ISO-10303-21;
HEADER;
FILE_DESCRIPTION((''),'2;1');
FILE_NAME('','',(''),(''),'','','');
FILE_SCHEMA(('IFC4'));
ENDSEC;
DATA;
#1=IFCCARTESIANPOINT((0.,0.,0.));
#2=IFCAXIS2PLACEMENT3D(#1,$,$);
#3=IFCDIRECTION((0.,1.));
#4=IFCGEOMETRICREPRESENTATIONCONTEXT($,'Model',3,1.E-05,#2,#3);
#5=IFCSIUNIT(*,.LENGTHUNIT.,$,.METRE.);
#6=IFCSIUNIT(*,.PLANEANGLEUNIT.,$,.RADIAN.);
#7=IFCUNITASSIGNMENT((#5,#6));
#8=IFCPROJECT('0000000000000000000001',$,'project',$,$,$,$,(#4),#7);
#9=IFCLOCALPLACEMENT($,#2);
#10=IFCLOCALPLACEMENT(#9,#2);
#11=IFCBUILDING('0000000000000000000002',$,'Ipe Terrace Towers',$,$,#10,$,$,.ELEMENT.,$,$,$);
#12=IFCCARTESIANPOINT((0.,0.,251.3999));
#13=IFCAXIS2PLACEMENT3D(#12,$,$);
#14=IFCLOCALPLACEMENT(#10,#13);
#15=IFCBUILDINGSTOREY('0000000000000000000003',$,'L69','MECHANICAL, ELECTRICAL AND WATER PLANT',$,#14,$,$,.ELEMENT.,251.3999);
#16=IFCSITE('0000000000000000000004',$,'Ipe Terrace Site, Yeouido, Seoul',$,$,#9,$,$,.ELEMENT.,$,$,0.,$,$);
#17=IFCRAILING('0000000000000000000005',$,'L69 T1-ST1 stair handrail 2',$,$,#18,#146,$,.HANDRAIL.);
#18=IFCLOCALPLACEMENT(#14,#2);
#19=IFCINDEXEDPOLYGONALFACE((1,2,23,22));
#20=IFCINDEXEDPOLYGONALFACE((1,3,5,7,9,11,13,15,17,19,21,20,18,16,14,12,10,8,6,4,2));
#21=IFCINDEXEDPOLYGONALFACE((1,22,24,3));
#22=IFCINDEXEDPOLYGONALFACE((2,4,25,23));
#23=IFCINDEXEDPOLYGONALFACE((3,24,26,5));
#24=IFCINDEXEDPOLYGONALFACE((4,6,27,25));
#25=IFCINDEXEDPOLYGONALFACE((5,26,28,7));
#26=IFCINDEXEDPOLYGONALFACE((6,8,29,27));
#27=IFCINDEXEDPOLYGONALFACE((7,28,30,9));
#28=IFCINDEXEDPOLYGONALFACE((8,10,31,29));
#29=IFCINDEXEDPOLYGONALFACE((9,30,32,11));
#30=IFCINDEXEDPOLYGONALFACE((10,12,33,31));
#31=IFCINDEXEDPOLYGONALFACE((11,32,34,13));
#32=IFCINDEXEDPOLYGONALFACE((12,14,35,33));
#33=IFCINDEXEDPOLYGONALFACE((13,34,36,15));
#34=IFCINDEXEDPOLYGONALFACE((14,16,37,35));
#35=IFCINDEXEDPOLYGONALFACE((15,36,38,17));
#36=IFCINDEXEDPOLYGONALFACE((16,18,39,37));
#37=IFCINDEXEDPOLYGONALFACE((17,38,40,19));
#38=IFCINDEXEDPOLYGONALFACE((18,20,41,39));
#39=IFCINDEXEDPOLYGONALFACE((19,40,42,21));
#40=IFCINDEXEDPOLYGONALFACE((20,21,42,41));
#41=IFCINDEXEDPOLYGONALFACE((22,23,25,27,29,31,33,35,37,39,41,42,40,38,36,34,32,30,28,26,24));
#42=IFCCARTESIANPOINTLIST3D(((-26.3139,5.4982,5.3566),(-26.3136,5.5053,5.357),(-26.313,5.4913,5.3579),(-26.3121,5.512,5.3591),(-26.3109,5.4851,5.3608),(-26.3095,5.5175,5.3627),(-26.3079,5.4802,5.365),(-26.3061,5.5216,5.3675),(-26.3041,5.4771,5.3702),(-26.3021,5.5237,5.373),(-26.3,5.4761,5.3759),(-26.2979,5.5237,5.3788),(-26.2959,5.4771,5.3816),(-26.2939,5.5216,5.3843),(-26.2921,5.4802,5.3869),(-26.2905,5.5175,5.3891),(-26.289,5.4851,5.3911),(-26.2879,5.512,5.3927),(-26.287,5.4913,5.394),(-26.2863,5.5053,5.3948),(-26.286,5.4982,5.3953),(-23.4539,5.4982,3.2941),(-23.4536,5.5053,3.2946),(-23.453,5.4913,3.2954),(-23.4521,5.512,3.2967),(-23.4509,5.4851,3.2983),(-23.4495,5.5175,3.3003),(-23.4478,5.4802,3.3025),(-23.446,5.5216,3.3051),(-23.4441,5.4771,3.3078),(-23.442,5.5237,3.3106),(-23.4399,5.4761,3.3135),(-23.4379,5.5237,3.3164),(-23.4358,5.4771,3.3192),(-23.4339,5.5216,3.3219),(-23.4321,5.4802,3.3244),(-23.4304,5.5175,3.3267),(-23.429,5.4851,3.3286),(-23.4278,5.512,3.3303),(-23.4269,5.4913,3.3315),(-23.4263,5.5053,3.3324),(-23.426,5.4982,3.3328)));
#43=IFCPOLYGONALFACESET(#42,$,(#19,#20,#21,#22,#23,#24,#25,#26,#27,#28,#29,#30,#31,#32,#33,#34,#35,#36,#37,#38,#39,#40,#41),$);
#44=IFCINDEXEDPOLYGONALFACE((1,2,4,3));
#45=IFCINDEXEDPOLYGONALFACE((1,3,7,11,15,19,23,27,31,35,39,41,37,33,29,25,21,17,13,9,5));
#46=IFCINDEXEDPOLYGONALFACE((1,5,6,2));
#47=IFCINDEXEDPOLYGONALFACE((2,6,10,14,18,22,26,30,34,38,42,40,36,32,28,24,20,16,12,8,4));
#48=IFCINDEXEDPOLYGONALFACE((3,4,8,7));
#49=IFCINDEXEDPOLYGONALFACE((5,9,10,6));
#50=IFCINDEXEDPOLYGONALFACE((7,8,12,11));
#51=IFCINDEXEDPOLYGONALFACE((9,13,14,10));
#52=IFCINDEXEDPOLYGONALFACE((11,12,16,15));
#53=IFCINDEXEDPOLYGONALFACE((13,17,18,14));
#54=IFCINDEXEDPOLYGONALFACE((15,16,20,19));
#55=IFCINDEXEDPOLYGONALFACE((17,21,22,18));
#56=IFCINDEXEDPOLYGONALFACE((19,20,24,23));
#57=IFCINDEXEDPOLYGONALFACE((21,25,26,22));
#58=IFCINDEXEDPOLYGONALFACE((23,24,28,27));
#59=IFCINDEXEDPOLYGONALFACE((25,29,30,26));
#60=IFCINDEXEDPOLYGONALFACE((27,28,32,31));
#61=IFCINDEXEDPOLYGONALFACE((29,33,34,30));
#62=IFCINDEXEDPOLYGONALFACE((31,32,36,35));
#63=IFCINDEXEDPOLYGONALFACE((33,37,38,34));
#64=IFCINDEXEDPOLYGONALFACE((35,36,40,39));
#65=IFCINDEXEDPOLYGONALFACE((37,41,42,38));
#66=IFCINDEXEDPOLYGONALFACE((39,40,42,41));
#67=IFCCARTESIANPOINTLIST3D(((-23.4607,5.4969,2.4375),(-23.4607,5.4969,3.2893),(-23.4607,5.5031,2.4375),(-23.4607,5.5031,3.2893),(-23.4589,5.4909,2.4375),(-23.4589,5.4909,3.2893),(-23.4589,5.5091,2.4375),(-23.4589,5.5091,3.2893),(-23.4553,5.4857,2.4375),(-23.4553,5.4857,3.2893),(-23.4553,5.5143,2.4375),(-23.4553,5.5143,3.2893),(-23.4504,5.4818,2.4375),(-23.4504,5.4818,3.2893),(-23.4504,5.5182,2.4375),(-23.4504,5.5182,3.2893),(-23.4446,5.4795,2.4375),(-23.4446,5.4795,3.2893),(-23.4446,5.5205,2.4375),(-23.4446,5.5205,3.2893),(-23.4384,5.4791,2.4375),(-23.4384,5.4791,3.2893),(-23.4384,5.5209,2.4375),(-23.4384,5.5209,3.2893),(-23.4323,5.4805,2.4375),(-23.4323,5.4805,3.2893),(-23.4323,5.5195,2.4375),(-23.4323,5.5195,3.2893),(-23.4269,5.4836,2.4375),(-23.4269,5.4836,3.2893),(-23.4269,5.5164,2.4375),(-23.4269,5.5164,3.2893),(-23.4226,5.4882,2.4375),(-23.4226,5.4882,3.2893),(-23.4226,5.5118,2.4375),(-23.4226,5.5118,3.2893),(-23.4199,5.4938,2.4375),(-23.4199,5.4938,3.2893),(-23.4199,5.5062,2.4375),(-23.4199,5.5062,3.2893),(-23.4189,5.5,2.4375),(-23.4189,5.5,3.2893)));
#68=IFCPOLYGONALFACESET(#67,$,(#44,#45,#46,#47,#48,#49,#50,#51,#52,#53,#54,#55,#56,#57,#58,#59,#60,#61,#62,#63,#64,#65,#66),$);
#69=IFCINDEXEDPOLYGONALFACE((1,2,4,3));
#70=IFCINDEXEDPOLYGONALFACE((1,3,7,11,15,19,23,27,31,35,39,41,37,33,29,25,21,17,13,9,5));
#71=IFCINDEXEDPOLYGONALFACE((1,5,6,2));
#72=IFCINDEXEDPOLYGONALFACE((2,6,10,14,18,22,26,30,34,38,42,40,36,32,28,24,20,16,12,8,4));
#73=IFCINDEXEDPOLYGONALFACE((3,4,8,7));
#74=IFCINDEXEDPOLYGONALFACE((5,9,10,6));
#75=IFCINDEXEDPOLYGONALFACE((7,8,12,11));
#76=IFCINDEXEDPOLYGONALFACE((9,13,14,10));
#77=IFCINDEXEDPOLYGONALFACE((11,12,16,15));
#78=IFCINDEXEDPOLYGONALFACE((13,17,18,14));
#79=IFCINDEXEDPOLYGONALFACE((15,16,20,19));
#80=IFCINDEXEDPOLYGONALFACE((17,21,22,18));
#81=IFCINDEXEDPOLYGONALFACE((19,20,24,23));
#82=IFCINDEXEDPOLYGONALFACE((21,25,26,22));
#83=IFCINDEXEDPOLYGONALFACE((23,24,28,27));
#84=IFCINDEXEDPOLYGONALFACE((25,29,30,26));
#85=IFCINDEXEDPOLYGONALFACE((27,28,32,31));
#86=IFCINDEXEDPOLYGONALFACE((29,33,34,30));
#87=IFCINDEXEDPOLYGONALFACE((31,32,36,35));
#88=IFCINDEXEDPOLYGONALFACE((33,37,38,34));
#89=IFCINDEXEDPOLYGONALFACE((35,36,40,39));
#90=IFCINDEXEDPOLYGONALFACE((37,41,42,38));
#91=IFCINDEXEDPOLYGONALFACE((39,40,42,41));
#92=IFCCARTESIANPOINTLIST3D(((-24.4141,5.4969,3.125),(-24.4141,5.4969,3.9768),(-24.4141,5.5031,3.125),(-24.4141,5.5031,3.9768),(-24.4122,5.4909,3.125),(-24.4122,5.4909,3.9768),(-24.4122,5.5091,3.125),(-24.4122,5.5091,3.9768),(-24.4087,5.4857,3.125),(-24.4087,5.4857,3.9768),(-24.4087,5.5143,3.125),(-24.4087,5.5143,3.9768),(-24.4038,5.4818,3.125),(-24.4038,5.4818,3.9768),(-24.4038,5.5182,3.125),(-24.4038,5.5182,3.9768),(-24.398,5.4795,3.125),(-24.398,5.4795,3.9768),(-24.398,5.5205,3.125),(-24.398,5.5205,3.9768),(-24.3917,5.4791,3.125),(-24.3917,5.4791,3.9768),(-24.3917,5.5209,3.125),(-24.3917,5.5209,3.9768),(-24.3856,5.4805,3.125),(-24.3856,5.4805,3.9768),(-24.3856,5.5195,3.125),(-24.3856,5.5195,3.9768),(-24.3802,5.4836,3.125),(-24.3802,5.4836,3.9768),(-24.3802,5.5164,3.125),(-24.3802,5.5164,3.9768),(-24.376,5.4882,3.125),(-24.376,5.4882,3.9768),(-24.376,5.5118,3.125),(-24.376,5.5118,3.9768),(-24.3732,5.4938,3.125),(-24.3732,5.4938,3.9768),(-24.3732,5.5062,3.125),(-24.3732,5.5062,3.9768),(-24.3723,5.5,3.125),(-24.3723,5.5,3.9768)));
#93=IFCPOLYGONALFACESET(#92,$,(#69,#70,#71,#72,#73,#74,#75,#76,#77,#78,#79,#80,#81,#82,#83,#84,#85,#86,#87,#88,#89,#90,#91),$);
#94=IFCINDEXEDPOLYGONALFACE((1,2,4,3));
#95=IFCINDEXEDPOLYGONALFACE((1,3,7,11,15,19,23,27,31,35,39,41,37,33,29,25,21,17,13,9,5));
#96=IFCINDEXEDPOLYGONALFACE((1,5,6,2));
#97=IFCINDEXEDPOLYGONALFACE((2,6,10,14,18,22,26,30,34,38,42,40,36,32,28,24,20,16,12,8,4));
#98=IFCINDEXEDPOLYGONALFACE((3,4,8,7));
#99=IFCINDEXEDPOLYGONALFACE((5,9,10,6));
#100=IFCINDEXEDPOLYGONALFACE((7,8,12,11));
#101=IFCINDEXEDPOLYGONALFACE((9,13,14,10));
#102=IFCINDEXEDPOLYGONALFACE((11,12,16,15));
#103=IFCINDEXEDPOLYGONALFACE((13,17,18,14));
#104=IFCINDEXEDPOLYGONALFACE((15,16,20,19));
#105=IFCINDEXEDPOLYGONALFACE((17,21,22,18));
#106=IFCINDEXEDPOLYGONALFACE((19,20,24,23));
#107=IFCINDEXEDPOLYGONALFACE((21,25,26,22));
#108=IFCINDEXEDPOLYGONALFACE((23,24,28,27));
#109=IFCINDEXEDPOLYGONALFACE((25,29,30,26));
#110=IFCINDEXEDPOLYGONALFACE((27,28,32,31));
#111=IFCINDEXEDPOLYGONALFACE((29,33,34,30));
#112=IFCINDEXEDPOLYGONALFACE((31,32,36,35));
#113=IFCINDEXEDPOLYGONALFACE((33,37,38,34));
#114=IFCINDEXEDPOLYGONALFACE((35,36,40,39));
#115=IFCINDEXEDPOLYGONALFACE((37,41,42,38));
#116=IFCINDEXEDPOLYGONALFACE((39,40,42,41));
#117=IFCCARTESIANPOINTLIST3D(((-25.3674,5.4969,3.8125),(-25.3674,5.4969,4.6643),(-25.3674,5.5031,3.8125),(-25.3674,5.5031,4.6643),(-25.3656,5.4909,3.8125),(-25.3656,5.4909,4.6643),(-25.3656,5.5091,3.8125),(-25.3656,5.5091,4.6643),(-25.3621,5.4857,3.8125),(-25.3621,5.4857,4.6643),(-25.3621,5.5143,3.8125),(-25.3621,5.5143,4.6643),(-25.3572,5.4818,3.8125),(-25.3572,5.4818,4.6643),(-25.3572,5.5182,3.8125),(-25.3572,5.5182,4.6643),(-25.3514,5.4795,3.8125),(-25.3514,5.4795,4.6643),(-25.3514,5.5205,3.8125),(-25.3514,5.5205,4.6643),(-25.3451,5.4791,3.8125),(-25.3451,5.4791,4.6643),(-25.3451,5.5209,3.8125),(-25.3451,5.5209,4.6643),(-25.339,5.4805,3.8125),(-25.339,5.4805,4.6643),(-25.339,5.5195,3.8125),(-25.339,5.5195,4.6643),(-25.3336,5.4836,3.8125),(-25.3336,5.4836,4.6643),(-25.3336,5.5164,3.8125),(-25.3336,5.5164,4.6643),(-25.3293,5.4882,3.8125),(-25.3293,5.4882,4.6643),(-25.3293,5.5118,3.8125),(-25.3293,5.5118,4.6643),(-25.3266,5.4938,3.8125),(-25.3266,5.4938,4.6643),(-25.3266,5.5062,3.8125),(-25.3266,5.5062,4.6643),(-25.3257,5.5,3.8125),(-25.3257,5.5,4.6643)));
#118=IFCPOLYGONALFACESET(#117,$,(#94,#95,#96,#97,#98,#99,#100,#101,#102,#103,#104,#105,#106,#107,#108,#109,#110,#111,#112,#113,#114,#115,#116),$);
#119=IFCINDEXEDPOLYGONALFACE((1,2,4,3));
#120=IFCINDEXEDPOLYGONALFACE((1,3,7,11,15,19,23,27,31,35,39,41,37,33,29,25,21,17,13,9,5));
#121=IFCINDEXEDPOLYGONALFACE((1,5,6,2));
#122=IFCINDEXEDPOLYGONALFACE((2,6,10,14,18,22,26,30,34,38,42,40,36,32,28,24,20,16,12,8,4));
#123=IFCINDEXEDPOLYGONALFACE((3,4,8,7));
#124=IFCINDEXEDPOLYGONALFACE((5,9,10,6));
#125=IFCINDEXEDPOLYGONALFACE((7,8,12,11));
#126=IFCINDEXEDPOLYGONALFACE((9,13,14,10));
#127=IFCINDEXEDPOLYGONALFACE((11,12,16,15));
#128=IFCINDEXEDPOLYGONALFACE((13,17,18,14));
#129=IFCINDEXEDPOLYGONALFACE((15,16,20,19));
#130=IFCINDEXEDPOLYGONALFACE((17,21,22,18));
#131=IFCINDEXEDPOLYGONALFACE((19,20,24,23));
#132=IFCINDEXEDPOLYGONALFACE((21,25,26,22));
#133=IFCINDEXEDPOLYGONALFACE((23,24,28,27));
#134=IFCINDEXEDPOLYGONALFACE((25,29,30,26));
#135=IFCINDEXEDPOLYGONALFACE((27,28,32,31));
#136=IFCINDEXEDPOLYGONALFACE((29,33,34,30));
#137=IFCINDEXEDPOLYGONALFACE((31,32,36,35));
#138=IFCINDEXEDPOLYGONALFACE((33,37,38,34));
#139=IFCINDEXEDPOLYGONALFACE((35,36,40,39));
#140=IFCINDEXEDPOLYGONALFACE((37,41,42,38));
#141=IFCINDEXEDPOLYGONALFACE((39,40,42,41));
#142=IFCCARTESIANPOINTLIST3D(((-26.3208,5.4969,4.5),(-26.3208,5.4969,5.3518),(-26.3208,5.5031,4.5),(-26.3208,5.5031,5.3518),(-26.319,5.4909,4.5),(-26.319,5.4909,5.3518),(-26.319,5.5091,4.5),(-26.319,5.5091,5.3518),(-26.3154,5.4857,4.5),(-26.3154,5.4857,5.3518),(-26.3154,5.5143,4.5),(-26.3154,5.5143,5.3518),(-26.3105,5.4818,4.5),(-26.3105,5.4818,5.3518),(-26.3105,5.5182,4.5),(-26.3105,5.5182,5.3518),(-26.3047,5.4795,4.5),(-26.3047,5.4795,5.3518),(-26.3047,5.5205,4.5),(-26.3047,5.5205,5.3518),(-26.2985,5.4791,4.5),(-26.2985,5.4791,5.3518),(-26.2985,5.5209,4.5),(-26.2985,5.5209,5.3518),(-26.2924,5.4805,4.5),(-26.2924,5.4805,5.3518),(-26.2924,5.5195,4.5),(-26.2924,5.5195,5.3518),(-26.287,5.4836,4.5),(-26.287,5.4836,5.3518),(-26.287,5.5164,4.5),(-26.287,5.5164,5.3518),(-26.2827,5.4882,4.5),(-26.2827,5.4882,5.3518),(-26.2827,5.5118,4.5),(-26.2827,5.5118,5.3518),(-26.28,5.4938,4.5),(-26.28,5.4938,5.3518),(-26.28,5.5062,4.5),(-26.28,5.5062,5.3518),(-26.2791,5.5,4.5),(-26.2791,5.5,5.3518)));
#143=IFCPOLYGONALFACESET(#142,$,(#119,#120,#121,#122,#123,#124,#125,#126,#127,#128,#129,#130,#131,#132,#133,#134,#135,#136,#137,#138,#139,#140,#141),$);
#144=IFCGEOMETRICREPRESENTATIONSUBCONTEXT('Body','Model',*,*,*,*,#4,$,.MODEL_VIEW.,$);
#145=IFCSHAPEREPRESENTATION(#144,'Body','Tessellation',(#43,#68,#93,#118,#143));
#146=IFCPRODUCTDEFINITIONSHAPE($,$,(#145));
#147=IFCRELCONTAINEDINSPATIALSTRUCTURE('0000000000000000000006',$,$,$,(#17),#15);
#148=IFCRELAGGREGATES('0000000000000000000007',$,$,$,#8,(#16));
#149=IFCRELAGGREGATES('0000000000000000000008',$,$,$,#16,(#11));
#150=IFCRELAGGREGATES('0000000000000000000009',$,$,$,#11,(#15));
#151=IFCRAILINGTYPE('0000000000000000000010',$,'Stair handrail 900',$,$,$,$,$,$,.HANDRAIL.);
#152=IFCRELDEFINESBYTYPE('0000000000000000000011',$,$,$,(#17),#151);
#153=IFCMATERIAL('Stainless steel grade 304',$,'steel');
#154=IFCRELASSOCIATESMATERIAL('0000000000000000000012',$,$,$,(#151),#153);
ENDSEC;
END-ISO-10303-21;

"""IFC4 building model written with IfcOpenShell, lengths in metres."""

from ifc_helpers import new_model, si_unit, direction, frame, origin, origin_2d, place, context, subcontext, project, spatial, circle, extrude, material, type_object, element, save


model = new_model("IFC4")

# Units and contexts
model_context = context("Model", 3, precision=1e-05, world=origin(), true_north=direction((0.0, 1.0)))
body_context = subcontext(model_context, "Body", "Model", "MODEL_VIEW")
ifc_project = project(units=[si_unit("LENGTHUNIT", "METRE"), si_unit("PLANEANGLEUNIT", "RADIAN")], contexts=[model_context])

# Site, building, storey
site_placement = place(None, origin())
site = spatial("IfcSite", under=ifc_project, at=site_placement, Name="Ipe Terrace Site, Yeouido, Seoul", CompositionType="ELEMENT", RefElevation=0.0)
building_placement = place(site_placement, origin())
building = spatial("IfcBuilding", under=site, at=building_placement, Name="Ipe Terrace Towers", CompositionType="ELEMENT")
storey_placement = place(building_placement, frame((0.0, 0.0, 251.3999)))
storey = spatial("IfcBuildingStorey", under=building, at=storey_placement, Name="L69", Description="MECHANICAL, ELECTRICAL AND WATER PLANT", CompositionType="ELEMENT", Elevation=251.3999)

# Railing
ifc_material_1 = material(Name="Stainless steel grade 304", Category="steel")
railing_type_1 = type_object("IfcRailingType", Name="Stair handrail 900", PredefinedType="HANDRAIL", material=ifc_material_1)
railing_1_placement = place(storey_placement, frame((-23.4399, 5.5, 2.4375)))
element("IfcRailing", 1, at=railing_1_placement, inside=storey, type_object=railing_type_1, Name="L69 T1-ST1 stair handrail 2", PredefinedType="HANDRAIL", context=body_context, shape_type="SweptSolid", body=[
    extrude(circle(Radius=0.0239, at=origin_2d()), frame((0.0, 0.0, 0.876), z_axis=(-0.811101, 0.0, 0.584906), x_axis=(0.0, -1.0, 0.0)), (0.0, 0.0, 1.0), 3.5261),
    extrude(circle(Radius=0.021, at=origin_2d()), origin(), (0.0, 0.0, 1.0), 0.8518),
    extrude(circle(Radius=0.021, at=origin_2d()), frame((-0.9534, 0.0, 0.6875)), (0.0, 0.0, 1.0), 0.8518),
    extrude(circle(Radius=0.021, at=origin_2d()), frame((-1.9067, 0.0, 1.375)), (0.0, 0.0, 1.0), 0.8518),
    extrude(circle(Radius=0.021, at=origin_2d()), frame((-2.8601, 0.0, 2.0625)), (0.0, 0.0, 1.0), 0.8518),
])

save(model, "model.ifc")
